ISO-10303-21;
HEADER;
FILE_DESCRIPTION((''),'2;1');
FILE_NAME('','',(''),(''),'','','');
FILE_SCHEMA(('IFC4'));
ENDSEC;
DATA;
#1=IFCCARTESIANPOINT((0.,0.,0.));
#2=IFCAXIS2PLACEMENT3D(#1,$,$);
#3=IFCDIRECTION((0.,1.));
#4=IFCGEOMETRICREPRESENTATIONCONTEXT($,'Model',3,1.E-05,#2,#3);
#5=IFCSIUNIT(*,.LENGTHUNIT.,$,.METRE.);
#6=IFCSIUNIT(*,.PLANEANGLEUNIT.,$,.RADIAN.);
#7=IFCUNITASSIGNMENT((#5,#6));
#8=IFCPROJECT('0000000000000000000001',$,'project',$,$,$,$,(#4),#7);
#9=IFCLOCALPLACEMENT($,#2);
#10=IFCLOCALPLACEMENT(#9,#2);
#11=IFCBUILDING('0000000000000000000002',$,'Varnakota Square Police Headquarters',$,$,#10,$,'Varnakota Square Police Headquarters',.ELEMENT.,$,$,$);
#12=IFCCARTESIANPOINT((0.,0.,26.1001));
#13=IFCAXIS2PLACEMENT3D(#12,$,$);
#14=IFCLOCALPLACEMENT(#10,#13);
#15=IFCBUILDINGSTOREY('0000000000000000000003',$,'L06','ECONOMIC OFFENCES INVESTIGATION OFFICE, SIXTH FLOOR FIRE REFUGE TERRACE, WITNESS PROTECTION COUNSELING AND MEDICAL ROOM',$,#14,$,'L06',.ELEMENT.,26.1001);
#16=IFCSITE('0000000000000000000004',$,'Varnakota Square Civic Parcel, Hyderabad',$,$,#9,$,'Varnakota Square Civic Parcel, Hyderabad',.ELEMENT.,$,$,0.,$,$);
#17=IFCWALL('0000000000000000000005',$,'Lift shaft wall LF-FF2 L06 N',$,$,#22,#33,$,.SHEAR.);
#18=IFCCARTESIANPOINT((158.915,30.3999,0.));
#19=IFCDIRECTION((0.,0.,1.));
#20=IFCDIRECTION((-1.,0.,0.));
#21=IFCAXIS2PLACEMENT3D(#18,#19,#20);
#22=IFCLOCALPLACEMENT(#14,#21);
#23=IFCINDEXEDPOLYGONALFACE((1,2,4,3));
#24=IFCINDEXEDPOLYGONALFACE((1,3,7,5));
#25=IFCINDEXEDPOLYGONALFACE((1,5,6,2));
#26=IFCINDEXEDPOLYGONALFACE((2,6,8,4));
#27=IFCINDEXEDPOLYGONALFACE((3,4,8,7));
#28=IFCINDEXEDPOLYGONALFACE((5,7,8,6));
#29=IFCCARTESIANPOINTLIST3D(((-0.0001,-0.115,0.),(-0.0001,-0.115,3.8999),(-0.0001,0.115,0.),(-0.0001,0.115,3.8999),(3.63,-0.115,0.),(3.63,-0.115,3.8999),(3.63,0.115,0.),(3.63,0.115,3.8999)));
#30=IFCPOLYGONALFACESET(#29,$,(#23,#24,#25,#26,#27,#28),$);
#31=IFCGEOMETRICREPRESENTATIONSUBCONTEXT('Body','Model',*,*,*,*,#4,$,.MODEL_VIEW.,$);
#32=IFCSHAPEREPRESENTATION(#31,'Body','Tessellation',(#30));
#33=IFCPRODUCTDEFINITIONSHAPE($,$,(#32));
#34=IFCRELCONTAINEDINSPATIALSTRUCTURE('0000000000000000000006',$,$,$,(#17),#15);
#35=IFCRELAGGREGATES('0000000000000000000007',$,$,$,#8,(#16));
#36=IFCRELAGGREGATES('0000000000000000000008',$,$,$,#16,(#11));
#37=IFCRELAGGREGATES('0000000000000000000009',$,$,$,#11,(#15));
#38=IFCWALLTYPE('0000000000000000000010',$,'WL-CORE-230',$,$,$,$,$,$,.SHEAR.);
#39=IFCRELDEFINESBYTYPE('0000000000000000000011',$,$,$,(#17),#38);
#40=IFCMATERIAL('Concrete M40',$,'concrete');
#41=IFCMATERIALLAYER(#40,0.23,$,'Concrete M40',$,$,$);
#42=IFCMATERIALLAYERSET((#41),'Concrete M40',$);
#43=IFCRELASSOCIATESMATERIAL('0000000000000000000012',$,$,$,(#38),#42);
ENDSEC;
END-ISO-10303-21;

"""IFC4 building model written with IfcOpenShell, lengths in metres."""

from ifc_helpers import new_model, si_unit, direction, frame, frame_2d, origin, place, context, subcontext, project, spatial, rectangle, extrude, material, layer, layer_set, type_object, element, save


model = new_model("IFC4")

# Units and contexts
model_context = context("Model", 3, precision=1e-05, world=origin(), true_north=direction((0.0, 1.0)))
body_context = subcontext(model_context, "Body", "Model", "MODEL_VIEW")
ifc_project = project(units=[si_unit("LENGTHUNIT", "METRE"), si_unit("PLANEANGLEUNIT", "RADIAN")], contexts=[model_context])

# Site, building, storey
site_placement = place(None, origin())
site = spatial("IfcSite", under=ifc_project, at=site_placement, Name="Varnakota Square Civic Parcel, Hyderabad", LongName="Varnakota Square Civic Parcel, Hyderabad", CompositionType="ELEMENT", RefElevation=0.0)
building_placement = place(site_placement, origin())
building = spatial("IfcBuilding", under=site, at=building_placement, Name="Varnakota Square Police Headquarters", LongName="Varnakota Square Police Headquarters", CompositionType="ELEMENT")
storey_placement = place(building_placement, frame((0.0, 0.0, 26.1001)))
storey = spatial("IfcBuildingStorey", under=building, at=storey_placement, Name="L06", Description="ECONOMIC OFFENCES INVESTIGATION OFFICE, SIXTH FLOOR FIRE REFUGE TERRACE, WITNESS PROTECTION COUNSELING AND MEDICAL ROOM", LongName="L06", CompositionType="ELEMENT", Elevation=26.1001)

# Wall
ifc_material_1 = material(Name="Concrete M40", Category="concrete")
ifc_layer_1 = layer(ifc_material_1, 0.23, Name="Concrete M40")
ifc_layer_set_1 = layer_set([ifc_layer_1], Name="Concrete M40")
wall_type_1 = type_object("IfcWallType", Name="WL-CORE-230", PredefinedType="SHEAR", material=ifc_layer_set_1)
wall_1_placement = place(storey_placement, frame((158.915, 30.3999, 0.0), z_axis=(0.0, 0.0, 1.0), x_axis=(-1.0, 0.0, 0.0)))
element("IfcWall", 1, at=wall_1_placement, inside=storey, type_object=wall_type_1, Name="Lift shaft wall LF-FF2 L06 N", PredefinedType="SHEAR", context=body_context, shape_type="SweptSolid", body=[
    extrude(rectangle(XDim=3.6301, YDim=0.23, at=frame_2d((1.8149, 0.0))), origin(), (0.0, 0.0, 1.0), 3.8999),
])

save(model, "model.ifc")
